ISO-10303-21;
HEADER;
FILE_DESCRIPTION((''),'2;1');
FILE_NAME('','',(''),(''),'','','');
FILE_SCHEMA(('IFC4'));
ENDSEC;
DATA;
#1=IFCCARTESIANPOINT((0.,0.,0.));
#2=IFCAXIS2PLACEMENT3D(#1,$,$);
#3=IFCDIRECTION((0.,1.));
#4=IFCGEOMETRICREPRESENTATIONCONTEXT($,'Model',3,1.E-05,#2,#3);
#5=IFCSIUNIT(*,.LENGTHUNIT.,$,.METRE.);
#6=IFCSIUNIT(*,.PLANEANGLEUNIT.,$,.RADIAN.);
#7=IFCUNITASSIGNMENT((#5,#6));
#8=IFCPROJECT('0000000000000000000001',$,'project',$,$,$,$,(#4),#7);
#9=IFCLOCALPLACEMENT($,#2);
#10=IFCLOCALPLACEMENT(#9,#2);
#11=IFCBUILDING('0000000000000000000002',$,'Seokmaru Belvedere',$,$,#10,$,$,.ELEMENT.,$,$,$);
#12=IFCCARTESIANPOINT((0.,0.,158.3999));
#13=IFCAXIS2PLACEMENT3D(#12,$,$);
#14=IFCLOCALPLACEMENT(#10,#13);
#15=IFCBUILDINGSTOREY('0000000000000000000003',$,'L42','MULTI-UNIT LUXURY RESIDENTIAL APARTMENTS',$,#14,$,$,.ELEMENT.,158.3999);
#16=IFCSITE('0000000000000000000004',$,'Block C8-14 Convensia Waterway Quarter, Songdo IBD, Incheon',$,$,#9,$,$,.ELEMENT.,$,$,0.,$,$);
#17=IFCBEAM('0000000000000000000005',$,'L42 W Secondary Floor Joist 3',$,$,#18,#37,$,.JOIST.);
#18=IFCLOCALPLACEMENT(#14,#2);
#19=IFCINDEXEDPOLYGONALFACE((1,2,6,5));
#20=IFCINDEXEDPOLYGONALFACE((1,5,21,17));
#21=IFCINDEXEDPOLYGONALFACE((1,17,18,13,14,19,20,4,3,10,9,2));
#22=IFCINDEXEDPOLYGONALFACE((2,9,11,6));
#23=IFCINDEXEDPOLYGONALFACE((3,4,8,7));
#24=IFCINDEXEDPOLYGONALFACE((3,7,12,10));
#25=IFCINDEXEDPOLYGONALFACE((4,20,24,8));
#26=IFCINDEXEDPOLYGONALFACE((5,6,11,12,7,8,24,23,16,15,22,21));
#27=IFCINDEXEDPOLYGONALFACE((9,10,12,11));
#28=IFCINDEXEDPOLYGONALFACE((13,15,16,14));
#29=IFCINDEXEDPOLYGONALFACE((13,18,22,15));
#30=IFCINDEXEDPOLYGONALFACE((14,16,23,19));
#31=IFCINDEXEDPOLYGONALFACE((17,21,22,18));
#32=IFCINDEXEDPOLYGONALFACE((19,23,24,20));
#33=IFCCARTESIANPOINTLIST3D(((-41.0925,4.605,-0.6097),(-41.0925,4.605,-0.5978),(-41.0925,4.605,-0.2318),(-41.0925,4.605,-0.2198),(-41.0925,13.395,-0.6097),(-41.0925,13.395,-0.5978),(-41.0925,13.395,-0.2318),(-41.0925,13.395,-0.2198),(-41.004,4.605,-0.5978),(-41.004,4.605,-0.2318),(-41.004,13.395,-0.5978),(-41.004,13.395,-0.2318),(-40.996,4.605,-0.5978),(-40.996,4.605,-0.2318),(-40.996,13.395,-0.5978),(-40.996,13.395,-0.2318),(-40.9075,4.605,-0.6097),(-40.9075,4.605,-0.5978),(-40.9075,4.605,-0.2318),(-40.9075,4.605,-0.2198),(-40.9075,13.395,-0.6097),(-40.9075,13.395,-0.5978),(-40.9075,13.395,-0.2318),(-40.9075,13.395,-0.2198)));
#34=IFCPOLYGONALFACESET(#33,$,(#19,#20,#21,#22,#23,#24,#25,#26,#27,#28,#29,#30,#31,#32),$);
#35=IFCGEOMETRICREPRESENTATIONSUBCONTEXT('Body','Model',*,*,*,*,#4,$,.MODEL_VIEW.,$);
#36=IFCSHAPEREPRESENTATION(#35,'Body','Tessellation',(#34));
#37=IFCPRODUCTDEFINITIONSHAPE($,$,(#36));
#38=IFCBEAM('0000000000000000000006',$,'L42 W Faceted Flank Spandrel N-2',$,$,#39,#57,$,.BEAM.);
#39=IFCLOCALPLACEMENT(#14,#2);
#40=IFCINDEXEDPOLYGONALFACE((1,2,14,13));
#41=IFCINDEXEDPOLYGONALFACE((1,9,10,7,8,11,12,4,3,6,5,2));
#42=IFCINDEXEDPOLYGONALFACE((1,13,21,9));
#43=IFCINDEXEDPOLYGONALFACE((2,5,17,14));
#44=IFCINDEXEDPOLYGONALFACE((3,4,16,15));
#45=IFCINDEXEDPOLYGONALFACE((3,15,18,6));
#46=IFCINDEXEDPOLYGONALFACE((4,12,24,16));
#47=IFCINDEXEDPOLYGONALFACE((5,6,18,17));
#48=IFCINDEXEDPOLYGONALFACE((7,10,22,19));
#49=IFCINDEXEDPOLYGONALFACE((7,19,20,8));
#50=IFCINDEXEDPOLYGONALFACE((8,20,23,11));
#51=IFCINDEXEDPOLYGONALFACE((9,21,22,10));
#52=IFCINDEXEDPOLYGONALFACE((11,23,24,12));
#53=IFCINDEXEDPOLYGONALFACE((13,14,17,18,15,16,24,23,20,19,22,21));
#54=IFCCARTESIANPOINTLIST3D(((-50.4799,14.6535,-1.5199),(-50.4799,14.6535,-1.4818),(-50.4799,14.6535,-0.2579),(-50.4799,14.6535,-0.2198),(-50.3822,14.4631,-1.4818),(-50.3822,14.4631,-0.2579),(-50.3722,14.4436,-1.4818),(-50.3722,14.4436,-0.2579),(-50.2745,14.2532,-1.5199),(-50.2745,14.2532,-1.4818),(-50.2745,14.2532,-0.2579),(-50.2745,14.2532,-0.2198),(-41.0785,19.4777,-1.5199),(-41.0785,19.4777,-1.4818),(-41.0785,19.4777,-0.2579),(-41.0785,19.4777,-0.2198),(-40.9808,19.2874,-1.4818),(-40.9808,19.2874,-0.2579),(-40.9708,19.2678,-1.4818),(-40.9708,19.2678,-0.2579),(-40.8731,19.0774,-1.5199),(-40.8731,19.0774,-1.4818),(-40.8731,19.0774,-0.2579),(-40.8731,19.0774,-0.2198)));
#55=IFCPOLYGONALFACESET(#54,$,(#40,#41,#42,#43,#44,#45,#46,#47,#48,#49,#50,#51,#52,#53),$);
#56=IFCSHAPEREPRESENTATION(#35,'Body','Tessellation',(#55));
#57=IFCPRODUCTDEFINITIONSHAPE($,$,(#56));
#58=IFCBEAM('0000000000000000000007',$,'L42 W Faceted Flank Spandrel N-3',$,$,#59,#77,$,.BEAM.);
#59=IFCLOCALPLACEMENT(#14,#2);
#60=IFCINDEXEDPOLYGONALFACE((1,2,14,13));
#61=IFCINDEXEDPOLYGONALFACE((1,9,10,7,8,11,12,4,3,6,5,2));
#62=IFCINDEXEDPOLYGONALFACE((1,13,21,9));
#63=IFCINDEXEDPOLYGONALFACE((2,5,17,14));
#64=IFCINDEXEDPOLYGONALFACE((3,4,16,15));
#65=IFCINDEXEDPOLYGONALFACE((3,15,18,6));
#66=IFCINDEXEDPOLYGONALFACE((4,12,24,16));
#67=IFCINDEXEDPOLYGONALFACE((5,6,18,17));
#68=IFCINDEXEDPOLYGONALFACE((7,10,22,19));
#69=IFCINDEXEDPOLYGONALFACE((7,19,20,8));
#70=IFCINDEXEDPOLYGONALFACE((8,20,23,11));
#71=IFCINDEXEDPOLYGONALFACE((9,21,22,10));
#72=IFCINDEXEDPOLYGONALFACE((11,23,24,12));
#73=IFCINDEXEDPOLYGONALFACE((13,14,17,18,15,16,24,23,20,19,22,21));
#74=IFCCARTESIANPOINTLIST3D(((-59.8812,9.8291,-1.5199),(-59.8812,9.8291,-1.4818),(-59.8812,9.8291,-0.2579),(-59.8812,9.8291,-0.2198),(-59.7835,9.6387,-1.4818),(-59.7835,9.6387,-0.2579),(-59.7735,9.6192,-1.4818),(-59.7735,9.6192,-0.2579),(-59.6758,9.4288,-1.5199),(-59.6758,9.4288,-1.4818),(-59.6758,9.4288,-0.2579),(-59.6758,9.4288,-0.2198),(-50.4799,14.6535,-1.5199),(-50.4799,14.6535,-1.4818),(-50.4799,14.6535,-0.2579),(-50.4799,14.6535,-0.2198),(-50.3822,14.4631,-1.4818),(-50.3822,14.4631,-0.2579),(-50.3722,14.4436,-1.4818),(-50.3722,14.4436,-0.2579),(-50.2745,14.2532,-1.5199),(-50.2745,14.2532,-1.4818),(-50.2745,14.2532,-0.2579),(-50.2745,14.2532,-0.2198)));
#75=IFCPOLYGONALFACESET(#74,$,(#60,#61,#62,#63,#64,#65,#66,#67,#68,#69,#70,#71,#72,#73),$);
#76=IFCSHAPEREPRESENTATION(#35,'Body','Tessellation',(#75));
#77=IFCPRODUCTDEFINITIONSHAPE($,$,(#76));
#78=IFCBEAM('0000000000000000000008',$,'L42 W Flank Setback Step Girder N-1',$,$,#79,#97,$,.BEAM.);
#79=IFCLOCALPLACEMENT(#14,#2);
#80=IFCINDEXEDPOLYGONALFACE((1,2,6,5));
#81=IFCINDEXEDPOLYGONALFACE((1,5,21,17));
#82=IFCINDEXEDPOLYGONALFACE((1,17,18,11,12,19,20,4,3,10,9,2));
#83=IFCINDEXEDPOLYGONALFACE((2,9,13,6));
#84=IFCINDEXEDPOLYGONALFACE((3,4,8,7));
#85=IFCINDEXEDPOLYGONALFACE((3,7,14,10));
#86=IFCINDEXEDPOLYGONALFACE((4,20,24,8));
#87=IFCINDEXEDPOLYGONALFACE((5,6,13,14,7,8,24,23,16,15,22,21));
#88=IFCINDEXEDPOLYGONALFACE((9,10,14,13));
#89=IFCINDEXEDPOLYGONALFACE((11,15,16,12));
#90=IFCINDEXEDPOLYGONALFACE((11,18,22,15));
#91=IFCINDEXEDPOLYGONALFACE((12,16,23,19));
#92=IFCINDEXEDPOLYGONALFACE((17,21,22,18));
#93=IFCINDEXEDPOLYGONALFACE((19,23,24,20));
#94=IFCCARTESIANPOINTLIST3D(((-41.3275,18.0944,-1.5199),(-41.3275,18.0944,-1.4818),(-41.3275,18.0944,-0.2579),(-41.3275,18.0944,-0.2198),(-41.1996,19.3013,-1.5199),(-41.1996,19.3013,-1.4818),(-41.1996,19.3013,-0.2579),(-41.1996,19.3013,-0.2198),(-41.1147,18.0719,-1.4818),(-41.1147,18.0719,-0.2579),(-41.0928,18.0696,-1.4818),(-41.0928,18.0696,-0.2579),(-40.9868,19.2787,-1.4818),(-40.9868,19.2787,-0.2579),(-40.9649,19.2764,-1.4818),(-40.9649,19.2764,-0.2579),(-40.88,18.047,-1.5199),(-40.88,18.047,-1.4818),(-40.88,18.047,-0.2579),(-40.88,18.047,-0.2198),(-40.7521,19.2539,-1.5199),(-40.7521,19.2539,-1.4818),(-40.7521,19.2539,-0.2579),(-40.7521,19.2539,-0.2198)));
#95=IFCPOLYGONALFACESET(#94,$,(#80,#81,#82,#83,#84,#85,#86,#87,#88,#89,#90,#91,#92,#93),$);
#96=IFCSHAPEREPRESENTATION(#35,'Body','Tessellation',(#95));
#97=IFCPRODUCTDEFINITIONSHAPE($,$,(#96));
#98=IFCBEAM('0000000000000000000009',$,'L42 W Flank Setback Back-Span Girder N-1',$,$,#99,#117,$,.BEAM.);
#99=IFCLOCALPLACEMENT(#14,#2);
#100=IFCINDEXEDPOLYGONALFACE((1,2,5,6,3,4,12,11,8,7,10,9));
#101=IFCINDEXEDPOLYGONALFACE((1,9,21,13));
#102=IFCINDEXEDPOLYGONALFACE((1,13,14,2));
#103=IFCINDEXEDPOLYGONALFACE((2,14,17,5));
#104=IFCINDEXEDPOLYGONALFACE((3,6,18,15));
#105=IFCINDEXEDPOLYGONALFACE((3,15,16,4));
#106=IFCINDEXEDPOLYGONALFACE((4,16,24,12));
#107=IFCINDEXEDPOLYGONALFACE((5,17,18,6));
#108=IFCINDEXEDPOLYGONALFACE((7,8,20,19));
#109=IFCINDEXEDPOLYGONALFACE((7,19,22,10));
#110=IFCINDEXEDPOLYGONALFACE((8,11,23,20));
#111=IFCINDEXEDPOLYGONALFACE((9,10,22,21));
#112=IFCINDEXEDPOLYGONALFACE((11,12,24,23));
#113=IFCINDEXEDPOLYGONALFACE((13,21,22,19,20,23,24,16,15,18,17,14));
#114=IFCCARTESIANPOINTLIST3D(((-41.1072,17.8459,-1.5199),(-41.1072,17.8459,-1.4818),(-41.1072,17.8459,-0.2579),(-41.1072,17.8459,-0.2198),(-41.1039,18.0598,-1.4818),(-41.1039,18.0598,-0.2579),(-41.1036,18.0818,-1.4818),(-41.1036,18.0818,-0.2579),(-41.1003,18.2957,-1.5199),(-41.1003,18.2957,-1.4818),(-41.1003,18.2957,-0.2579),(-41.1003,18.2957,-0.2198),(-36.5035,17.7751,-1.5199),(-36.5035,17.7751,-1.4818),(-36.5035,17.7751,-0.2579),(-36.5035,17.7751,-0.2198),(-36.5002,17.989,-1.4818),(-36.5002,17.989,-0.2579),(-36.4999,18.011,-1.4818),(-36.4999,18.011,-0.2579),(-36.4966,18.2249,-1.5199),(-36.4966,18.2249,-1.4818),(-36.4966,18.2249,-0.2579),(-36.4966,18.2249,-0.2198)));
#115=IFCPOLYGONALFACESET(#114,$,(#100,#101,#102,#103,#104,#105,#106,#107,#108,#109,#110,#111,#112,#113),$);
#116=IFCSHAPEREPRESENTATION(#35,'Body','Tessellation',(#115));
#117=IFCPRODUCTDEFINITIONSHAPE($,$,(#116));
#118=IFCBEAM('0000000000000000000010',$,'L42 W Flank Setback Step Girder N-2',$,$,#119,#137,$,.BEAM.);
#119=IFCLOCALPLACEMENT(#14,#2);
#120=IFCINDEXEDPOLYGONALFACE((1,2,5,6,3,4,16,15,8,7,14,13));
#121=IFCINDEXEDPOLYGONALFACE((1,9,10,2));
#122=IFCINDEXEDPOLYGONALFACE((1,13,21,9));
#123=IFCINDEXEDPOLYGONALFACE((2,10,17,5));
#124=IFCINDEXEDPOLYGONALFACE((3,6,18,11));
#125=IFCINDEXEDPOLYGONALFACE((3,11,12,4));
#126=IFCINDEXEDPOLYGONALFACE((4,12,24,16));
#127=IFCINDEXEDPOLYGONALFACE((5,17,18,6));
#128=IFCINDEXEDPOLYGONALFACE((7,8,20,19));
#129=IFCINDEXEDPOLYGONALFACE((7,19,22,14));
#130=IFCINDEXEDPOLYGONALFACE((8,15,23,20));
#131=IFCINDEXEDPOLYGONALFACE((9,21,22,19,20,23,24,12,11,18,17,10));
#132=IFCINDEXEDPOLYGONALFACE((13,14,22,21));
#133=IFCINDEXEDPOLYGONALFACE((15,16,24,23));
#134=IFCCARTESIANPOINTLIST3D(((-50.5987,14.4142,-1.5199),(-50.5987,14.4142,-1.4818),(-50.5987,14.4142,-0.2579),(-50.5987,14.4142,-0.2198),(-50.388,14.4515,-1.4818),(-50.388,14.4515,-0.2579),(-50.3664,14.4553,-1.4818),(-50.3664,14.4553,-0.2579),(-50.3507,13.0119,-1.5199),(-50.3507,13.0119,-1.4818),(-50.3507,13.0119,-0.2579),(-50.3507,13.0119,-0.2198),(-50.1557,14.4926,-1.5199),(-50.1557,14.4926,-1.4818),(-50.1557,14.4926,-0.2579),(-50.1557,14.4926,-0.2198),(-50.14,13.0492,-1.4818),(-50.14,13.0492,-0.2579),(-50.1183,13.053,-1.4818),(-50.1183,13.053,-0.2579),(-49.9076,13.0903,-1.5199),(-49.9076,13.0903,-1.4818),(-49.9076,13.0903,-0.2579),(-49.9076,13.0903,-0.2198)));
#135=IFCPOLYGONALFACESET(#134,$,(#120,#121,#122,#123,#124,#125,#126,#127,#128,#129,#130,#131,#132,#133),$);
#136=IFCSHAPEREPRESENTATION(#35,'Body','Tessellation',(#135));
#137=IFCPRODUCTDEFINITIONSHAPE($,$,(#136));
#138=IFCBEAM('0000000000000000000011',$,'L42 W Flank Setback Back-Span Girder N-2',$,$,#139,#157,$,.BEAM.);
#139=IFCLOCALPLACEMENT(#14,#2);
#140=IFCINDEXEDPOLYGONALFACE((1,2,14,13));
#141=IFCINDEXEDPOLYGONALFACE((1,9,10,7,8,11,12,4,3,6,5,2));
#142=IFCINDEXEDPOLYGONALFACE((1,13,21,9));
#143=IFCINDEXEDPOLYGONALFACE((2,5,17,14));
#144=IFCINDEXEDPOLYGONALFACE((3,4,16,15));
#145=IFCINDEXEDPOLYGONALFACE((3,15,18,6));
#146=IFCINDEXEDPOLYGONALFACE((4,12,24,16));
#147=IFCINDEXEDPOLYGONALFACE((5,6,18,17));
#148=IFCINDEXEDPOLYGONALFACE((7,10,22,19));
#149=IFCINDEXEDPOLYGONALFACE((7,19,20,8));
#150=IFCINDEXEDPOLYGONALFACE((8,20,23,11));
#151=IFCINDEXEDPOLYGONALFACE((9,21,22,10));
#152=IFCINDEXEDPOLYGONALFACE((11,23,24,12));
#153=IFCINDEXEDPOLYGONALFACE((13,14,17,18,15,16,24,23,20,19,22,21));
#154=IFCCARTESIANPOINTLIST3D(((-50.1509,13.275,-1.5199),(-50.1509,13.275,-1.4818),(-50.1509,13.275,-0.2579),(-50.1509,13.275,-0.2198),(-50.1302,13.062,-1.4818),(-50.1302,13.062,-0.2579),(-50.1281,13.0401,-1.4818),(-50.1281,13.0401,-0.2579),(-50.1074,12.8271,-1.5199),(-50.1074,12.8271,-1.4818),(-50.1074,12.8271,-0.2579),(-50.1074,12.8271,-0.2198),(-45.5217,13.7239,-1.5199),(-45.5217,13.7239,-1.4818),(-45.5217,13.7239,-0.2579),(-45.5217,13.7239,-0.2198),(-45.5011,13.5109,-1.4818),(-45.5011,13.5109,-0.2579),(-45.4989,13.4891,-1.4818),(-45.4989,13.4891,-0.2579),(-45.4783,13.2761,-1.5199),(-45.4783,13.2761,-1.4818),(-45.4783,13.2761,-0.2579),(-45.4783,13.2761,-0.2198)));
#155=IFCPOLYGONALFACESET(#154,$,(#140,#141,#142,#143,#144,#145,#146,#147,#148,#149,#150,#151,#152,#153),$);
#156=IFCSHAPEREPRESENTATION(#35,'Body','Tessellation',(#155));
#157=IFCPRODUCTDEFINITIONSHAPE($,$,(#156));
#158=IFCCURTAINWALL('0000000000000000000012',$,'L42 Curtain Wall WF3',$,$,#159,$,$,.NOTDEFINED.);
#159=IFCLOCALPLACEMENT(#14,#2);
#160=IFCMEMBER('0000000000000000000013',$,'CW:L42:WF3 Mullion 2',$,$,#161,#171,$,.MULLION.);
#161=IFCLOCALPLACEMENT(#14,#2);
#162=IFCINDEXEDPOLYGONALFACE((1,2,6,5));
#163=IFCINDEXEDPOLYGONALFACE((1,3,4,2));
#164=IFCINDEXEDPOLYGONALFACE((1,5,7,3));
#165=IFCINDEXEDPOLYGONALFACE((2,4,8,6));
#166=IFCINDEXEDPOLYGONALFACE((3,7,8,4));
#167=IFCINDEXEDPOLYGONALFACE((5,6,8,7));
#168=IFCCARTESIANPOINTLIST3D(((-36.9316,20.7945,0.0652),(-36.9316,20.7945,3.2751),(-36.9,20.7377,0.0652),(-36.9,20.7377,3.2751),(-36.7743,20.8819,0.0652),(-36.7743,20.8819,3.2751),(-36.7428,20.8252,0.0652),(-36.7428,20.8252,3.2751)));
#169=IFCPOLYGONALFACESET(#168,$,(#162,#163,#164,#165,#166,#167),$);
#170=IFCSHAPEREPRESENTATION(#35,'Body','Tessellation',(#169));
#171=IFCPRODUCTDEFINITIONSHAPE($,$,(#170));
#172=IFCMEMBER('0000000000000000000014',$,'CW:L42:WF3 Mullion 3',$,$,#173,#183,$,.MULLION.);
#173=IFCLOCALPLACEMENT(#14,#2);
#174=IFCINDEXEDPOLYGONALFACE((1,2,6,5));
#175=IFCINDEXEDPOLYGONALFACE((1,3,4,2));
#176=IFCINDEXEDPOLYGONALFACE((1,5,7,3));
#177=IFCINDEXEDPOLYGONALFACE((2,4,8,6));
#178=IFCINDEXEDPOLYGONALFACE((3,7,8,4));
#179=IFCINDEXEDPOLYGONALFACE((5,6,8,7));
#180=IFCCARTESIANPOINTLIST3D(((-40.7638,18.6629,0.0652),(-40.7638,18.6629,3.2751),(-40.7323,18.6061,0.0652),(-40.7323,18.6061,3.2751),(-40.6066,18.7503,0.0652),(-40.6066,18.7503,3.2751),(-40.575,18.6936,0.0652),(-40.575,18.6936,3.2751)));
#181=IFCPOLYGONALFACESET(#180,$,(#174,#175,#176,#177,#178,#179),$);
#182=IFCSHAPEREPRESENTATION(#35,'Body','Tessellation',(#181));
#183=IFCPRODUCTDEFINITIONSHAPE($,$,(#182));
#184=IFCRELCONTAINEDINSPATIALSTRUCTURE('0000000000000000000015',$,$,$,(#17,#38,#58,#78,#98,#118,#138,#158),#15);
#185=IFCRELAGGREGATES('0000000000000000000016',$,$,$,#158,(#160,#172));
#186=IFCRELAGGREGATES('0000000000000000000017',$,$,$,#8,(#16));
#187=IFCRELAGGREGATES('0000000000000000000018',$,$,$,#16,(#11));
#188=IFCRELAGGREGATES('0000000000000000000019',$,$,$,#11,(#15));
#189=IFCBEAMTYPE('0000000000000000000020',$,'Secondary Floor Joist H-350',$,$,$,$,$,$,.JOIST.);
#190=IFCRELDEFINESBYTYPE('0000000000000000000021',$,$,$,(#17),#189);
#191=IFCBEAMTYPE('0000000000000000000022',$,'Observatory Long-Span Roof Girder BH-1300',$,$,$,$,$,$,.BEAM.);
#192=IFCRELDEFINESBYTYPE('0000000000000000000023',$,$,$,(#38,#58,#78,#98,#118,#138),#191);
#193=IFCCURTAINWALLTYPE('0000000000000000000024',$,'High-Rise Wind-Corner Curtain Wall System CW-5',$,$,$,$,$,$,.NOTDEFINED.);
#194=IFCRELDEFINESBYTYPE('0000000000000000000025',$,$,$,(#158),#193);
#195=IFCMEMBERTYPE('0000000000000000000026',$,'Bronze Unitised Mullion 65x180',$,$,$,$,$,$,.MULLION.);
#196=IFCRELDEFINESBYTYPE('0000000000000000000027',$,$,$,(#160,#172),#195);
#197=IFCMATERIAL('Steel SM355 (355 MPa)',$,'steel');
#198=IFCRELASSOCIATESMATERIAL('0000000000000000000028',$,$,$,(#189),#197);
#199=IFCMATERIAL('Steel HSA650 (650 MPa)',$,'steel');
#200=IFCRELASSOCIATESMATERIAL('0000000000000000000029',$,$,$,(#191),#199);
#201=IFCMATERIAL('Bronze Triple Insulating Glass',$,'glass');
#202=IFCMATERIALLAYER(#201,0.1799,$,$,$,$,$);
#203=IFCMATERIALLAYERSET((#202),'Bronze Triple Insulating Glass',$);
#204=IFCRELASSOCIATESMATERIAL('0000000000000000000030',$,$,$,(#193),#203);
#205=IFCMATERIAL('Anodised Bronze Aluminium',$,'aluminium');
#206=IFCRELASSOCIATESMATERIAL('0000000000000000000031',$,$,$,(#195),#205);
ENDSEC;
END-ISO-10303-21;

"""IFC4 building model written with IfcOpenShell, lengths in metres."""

from ifc_helpers import new_model, si_unit, direction, frame, origin, origin_2d, place, context, subcontext, project, spatial, rectangle, i_section, extrude, source, transform, mapped, material, layer, layer_set, material_profile, profile_set, type_object, type_shapes, element, aggregate, save


model = new_model("IFC4")

# Units and contexts
model_context = context("Model", 3, precision=1e-05, world=origin(), true_north=direction((0.0, 1.0)))
body_context = subcontext(model_context, "Body", "Model", "MODEL_VIEW")
ifc_project = project(units=[si_unit("LENGTHUNIT", "METRE"), si_unit("PLANEANGLEUNIT", "RADIAN")], contexts=[model_context])

# Site, building, storey
site_placement = place(None, origin())
site = spatial("IfcSite", under=ifc_project, at=site_placement, Name="Block C8-14 Convensia Waterway Quarter, Songdo IBD, Incheon", CompositionType="ELEMENT", RefElevation=0.0)
building_placement = place(site_placement, origin())
building = spatial("IfcBuilding", under=site, at=building_placement, Name="Seokmaru Belvedere", CompositionType="ELEMENT")
storey_placement = place(building_placement, frame((0.0, 0.0, 158.3999)))
storey = spatial("IfcBuildingStorey", under=building, at=storey_placement, Name="L42", Description="MULTI-UNIT LUXURY RESIDENTIAL APARTMENTS", CompositionType="ELEMENT", Elevation=158.3999)

# Shared definitions
ifc_material_1 = material(Name="Steel SM355 (355 MPa)", Category="steel")

# Beams
ifc_material_profile_1 = material_profile(ifc_material_1, i_section(OverallWidth=0.1851, OverallDepth=0.3899, WebThickness=0.0081, FlangeThickness=0.012, at=origin_2d()), Name="H-390x185x8x12")
ifc_profile_set_1 = profile_set([ifc_material_profile_1], Name="Steel SM355 (355 MPa)")
beam_type_1 = type_object("IfcBeamType", Name="Secondary Floor Joist H-350", PredefinedType="JOIST", material=ifc_profile_set_1)
shared_shape_1 = source(origin(), body_context, "Body", "SweptSolid", [
    extrude(i_section(OverallWidth=0.1851, OverallDepth=0.3899, WebThickness=0.0081, FlangeThickness=0.012, at=origin_2d()), origin(), (0.0, 0.0, 1.0), 8.79),
])
type_shapes(beam_type_1, [shared_shape_1])
for number, where, z_axis, x_axis, name in (
    (1, (-41.0, 4.605, -0.4148), (0.0, 1.0, 0.0), (-1.0, 0.0, 0.0), "L42 W Secondary Floor Joist 3"),
):
    element("IfcBeam", number, at=place(storey_placement, frame(where, z_axis=z_axis, x_axis=x_axis)), inside=storey, type_object=beam_type_1, Name=name, PredefinedType="JOIST", context=body_context, shape_type="MappedRepresentation", body=[
        mapped(shared_shape_1, transform((0.0, 0.0, 0.0), scale=1.0)),
    ])
ifc_material_2 = material(Name="Steel HSA650 (650 MPa)", Category="steel")
ifc_material_profile_2 = material_profile(ifc_material_2, i_section(OverallWidth=0.45, OverallDepth=1.3, WebThickness=0.022, FlangeThickness=0.0381, at=origin_2d()), Name="BH-1300x450x22x38")
ifc_profile_set_2 = profile_set([ifc_material_profile_2], Name="Steel HSA650 (650 MPa)")
beam_type_2 = type_object("IfcBeamType", Name="Observatory Long-Span Roof Girder BH-1300", PredefinedType="BEAM", material=ifc_profile_set_2)
shared_shape_2 = source(origin(), body_context, "Body", "SweptSolid", [
    extrude(i_section(OverallWidth=0.45, OverallDepth=1.3, WebThickness=0.022, FlangeThickness=0.0381, at=origin_2d()), origin(), (0.0, 0.0, 1.0), 10.5669),
])
for number, where, z_axis, x_axis, name in (
    (2, (-40.9758, 19.2776, -0.8699), (-0.889702, -0.456542, 0.0), (0.456542, -0.889702, 0.0), "L42 W Faceted Flank Spandrel N-2"),
    (3, (-50.3772, 14.4534, -0.8699), (-0.889693, -0.45656, 0.0), (0.45656, -0.889693, 0.0), "L42 W Faceted Flank Spandrel N-3"),
):
    element("IfcBeam", number, at=place(storey_placement, frame(where, z_axis=z_axis, x_axis=x_axis)), inside=storey, type_object=beam_type_2, Name=name, PredefinedType="BEAM", context=body_context, shape_type="MappedRepresentation", body=[
        mapped(shared_shape_2, transform((0.0, 0.0, 0.0), scale=1.0)),
    ])
shared_shape_3 = source(origin(), body_context, "Body", "SweptSolid", [
    extrude(i_section(OverallWidth=0.45, OverallDepth=1.3, WebThickness=0.022, FlangeThickness=0.0381, at=origin_2d()), origin(), (0.0, 0.0, 1.0), 1.2136),
])
beam_1_placement = place(storey_placement, frame((-40.9758, 19.2776, -0.8699), z_axis=(-0.105418, -0.994428, 0.0), x_axis=(0.994428, -0.105418, 0.0)))
element("IfcBeam", 4, at=beam_1_placement, inside=storey, type_object=beam_type_2, Name="L42 W Flank Setback Step Girder N-1", PredefinedType="BEAM", context=body_context, shape_type="MappedRepresentation", body=[
    mapped(shared_shape_3, transform((0.0, 0.0, 0.0), scale=1.0)),
])
shared_shape_4 = source(origin(), body_context, "Body", "SweptSolid", [
    extrude(i_section(OverallWidth=0.45, OverallDepth=1.3, WebThickness=0.022, FlangeThickness=0.0381, at=origin_2d()), origin(), (0.0, 0.0, 1.0), 4.6042),
])
beam_2_placement = place(storey_placement, frame((-41.1038, 18.0708, -0.8699), z_axis=(0.999882, -0.015377, 0.0), x_axis=(0.015377, 0.999882, 0.0)))
element("IfcBeam", 5, at=beam_2_placement, inside=storey, type_object=beam_type_2, Name="L42 W Flank Setback Back-Span Girder N-1", PredefinedType="BEAM", context=body_context, shape_type="MappedRepresentation", body=[
    mapped(shared_shape_4, transform((0.0, 0.0, 0.0), scale=1.0)),
])
shared_shape_5 = source(origin(), body_context, "Body", "SweptSolid", [
    extrude(i_section(OverallWidth=0.45, OverallDepth=1.3, WebThickness=0.022, FlangeThickness=0.0381, at=origin_2d()), origin(), (0.0, 0.0, 1.0), 1.4241),
])
beam_3_placement = place(storey_placement, frame((-50.3772, 14.4534, -0.8699), z_axis=(0.174177, -0.984714, 0.0), x_axis=(0.984714, 0.174177, 0.0)))
element("IfcBeam", 6, at=beam_3_placement, inside=storey, type_object=beam_type_2, Name="L42 W Flank Setback Step Girder N-2", PredefinedType="BEAM", context=body_context, shape_type="MappedRepresentation", body=[
    mapped(shared_shape_5, transform((0.0, 0.0, 0.0), scale=1.0)),
])
shared_shape_6 = source(origin(), body_context, "Body", "SweptSolid", [
    extrude(i_section(OverallWidth=0.45, OverallDepth=1.3, WebThickness=0.022, FlangeThickness=0.0381, at=origin_2d()), origin(), (0.0, 0.0, 1.0), 4.6509),
])
type_shapes(beam_type_2, [shared_shape_2, shared_shape_3, shared_shape_4, shared_shape_5, shared_shape_6])
beam_4_placement = place(storey_placement, frame((-50.1292, 13.051, -0.8699), z_axis=(0.99533, 0.096536, 0.0), x_axis=(-0.096536, 0.99533, 0.0)))
element("IfcBeam", 7, at=beam_4_placement, inside=storey, type_object=beam_type_2, Name="L42 W Flank Setback Back-Span Girder N-2", PredefinedType="BEAM", context=body_context, shape_type="MappedRepresentation", body=[
    mapped(shared_shape_6, transform((0.0, 0.0, 0.0), scale=1.0)),
])

# Curtain wall, members
ifc_material_3 = material(Name="Bronze Triple Insulating Glass", Category="glass")
ifc_layer_1 = layer(ifc_material_3, 0.1799)
ifc_layer_set_1 = layer_set([ifc_layer_1], Name="Bronze Triple Insulating Glass")
curtain_wall_type = type_object("IfcCurtainWallType", Name="High-Rise Wind-Corner Curtain Wall System CW-5", PredefinedType="NOTDEFINED", material=ifc_layer_set_1)
curtain_wall_placement = place(storey_placement, origin())
curtain_wall = element("IfcCurtainWall", 8, at=curtain_wall_placement, inside=storey, type_object=curtain_wall_type, Name="L42 Curtain Wall WF3", PredefinedType="NOTDEFINED")
ifc_material_4 = material(Name="Anodised Bronze Aluminium", Category="aluminium")
ifc_material_profile_3 = material_profile(ifc_material_4, rectangle(XDim=0.0649, YDim=0.1799, at=origin_2d()), Name="CW-M-65x180")
ifc_profile_set_3 = profile_set([ifc_material_profile_3], Name="Anodised Bronze Aluminium")
member_type = type_object("IfcMemberType", Name="Bronze Unitised Mullion 65x180", PredefinedType="MULLION", material=ifc_profile_set_3)
shared_shape_7 = source(origin(), body_context, "Body", "SweptSolid", [
    extrude(rectangle(XDim=0.0649, YDim=0.1799, at=origin_2d()), origin(), (0.0, 0.0, 1.0), 3.21),
])
type_shapes(member_type, [shared_shape_7])
member_1_placement = place(storey_placement, frame((-36.8372, 20.8098, 0.0652), z_axis=(0.0, 0.0, 1.0), x_axis=(0.486047, -0.873933, 0.0)))
member_1 = element("IfcMember", 9, at=member_1_placement, type_object=member_type, Name="CW:L42:WF3 Mullion 2", PredefinedType="MULLION", context=body_context, shape_type="MappedRepresentation", body=[
    mapped(shared_shape_7, transform((0.0, 0.0, 0.0), scale=1.0)),
])
member_2_placement = place(storey_placement, frame((-40.6694, 18.6782, 0.0652), z_axis=(0.0, 0.0, 1.0), x_axis=(0.486047, -0.873933, 0.0)))
member_2 = element("IfcMember", 10, at=member_2_placement, type_object=member_type, Name="CW:L42:WF3 Mullion 3", PredefinedType="MULLION", context=body_context, shape_type="MappedRepresentation", body=[
    mapped(shared_shape_7, transform((0.0, 0.0, 0.0), scale=1.0)),
])
aggregate(curtain_wall, [member_1, member_2])

save(model, "model.ifc")
